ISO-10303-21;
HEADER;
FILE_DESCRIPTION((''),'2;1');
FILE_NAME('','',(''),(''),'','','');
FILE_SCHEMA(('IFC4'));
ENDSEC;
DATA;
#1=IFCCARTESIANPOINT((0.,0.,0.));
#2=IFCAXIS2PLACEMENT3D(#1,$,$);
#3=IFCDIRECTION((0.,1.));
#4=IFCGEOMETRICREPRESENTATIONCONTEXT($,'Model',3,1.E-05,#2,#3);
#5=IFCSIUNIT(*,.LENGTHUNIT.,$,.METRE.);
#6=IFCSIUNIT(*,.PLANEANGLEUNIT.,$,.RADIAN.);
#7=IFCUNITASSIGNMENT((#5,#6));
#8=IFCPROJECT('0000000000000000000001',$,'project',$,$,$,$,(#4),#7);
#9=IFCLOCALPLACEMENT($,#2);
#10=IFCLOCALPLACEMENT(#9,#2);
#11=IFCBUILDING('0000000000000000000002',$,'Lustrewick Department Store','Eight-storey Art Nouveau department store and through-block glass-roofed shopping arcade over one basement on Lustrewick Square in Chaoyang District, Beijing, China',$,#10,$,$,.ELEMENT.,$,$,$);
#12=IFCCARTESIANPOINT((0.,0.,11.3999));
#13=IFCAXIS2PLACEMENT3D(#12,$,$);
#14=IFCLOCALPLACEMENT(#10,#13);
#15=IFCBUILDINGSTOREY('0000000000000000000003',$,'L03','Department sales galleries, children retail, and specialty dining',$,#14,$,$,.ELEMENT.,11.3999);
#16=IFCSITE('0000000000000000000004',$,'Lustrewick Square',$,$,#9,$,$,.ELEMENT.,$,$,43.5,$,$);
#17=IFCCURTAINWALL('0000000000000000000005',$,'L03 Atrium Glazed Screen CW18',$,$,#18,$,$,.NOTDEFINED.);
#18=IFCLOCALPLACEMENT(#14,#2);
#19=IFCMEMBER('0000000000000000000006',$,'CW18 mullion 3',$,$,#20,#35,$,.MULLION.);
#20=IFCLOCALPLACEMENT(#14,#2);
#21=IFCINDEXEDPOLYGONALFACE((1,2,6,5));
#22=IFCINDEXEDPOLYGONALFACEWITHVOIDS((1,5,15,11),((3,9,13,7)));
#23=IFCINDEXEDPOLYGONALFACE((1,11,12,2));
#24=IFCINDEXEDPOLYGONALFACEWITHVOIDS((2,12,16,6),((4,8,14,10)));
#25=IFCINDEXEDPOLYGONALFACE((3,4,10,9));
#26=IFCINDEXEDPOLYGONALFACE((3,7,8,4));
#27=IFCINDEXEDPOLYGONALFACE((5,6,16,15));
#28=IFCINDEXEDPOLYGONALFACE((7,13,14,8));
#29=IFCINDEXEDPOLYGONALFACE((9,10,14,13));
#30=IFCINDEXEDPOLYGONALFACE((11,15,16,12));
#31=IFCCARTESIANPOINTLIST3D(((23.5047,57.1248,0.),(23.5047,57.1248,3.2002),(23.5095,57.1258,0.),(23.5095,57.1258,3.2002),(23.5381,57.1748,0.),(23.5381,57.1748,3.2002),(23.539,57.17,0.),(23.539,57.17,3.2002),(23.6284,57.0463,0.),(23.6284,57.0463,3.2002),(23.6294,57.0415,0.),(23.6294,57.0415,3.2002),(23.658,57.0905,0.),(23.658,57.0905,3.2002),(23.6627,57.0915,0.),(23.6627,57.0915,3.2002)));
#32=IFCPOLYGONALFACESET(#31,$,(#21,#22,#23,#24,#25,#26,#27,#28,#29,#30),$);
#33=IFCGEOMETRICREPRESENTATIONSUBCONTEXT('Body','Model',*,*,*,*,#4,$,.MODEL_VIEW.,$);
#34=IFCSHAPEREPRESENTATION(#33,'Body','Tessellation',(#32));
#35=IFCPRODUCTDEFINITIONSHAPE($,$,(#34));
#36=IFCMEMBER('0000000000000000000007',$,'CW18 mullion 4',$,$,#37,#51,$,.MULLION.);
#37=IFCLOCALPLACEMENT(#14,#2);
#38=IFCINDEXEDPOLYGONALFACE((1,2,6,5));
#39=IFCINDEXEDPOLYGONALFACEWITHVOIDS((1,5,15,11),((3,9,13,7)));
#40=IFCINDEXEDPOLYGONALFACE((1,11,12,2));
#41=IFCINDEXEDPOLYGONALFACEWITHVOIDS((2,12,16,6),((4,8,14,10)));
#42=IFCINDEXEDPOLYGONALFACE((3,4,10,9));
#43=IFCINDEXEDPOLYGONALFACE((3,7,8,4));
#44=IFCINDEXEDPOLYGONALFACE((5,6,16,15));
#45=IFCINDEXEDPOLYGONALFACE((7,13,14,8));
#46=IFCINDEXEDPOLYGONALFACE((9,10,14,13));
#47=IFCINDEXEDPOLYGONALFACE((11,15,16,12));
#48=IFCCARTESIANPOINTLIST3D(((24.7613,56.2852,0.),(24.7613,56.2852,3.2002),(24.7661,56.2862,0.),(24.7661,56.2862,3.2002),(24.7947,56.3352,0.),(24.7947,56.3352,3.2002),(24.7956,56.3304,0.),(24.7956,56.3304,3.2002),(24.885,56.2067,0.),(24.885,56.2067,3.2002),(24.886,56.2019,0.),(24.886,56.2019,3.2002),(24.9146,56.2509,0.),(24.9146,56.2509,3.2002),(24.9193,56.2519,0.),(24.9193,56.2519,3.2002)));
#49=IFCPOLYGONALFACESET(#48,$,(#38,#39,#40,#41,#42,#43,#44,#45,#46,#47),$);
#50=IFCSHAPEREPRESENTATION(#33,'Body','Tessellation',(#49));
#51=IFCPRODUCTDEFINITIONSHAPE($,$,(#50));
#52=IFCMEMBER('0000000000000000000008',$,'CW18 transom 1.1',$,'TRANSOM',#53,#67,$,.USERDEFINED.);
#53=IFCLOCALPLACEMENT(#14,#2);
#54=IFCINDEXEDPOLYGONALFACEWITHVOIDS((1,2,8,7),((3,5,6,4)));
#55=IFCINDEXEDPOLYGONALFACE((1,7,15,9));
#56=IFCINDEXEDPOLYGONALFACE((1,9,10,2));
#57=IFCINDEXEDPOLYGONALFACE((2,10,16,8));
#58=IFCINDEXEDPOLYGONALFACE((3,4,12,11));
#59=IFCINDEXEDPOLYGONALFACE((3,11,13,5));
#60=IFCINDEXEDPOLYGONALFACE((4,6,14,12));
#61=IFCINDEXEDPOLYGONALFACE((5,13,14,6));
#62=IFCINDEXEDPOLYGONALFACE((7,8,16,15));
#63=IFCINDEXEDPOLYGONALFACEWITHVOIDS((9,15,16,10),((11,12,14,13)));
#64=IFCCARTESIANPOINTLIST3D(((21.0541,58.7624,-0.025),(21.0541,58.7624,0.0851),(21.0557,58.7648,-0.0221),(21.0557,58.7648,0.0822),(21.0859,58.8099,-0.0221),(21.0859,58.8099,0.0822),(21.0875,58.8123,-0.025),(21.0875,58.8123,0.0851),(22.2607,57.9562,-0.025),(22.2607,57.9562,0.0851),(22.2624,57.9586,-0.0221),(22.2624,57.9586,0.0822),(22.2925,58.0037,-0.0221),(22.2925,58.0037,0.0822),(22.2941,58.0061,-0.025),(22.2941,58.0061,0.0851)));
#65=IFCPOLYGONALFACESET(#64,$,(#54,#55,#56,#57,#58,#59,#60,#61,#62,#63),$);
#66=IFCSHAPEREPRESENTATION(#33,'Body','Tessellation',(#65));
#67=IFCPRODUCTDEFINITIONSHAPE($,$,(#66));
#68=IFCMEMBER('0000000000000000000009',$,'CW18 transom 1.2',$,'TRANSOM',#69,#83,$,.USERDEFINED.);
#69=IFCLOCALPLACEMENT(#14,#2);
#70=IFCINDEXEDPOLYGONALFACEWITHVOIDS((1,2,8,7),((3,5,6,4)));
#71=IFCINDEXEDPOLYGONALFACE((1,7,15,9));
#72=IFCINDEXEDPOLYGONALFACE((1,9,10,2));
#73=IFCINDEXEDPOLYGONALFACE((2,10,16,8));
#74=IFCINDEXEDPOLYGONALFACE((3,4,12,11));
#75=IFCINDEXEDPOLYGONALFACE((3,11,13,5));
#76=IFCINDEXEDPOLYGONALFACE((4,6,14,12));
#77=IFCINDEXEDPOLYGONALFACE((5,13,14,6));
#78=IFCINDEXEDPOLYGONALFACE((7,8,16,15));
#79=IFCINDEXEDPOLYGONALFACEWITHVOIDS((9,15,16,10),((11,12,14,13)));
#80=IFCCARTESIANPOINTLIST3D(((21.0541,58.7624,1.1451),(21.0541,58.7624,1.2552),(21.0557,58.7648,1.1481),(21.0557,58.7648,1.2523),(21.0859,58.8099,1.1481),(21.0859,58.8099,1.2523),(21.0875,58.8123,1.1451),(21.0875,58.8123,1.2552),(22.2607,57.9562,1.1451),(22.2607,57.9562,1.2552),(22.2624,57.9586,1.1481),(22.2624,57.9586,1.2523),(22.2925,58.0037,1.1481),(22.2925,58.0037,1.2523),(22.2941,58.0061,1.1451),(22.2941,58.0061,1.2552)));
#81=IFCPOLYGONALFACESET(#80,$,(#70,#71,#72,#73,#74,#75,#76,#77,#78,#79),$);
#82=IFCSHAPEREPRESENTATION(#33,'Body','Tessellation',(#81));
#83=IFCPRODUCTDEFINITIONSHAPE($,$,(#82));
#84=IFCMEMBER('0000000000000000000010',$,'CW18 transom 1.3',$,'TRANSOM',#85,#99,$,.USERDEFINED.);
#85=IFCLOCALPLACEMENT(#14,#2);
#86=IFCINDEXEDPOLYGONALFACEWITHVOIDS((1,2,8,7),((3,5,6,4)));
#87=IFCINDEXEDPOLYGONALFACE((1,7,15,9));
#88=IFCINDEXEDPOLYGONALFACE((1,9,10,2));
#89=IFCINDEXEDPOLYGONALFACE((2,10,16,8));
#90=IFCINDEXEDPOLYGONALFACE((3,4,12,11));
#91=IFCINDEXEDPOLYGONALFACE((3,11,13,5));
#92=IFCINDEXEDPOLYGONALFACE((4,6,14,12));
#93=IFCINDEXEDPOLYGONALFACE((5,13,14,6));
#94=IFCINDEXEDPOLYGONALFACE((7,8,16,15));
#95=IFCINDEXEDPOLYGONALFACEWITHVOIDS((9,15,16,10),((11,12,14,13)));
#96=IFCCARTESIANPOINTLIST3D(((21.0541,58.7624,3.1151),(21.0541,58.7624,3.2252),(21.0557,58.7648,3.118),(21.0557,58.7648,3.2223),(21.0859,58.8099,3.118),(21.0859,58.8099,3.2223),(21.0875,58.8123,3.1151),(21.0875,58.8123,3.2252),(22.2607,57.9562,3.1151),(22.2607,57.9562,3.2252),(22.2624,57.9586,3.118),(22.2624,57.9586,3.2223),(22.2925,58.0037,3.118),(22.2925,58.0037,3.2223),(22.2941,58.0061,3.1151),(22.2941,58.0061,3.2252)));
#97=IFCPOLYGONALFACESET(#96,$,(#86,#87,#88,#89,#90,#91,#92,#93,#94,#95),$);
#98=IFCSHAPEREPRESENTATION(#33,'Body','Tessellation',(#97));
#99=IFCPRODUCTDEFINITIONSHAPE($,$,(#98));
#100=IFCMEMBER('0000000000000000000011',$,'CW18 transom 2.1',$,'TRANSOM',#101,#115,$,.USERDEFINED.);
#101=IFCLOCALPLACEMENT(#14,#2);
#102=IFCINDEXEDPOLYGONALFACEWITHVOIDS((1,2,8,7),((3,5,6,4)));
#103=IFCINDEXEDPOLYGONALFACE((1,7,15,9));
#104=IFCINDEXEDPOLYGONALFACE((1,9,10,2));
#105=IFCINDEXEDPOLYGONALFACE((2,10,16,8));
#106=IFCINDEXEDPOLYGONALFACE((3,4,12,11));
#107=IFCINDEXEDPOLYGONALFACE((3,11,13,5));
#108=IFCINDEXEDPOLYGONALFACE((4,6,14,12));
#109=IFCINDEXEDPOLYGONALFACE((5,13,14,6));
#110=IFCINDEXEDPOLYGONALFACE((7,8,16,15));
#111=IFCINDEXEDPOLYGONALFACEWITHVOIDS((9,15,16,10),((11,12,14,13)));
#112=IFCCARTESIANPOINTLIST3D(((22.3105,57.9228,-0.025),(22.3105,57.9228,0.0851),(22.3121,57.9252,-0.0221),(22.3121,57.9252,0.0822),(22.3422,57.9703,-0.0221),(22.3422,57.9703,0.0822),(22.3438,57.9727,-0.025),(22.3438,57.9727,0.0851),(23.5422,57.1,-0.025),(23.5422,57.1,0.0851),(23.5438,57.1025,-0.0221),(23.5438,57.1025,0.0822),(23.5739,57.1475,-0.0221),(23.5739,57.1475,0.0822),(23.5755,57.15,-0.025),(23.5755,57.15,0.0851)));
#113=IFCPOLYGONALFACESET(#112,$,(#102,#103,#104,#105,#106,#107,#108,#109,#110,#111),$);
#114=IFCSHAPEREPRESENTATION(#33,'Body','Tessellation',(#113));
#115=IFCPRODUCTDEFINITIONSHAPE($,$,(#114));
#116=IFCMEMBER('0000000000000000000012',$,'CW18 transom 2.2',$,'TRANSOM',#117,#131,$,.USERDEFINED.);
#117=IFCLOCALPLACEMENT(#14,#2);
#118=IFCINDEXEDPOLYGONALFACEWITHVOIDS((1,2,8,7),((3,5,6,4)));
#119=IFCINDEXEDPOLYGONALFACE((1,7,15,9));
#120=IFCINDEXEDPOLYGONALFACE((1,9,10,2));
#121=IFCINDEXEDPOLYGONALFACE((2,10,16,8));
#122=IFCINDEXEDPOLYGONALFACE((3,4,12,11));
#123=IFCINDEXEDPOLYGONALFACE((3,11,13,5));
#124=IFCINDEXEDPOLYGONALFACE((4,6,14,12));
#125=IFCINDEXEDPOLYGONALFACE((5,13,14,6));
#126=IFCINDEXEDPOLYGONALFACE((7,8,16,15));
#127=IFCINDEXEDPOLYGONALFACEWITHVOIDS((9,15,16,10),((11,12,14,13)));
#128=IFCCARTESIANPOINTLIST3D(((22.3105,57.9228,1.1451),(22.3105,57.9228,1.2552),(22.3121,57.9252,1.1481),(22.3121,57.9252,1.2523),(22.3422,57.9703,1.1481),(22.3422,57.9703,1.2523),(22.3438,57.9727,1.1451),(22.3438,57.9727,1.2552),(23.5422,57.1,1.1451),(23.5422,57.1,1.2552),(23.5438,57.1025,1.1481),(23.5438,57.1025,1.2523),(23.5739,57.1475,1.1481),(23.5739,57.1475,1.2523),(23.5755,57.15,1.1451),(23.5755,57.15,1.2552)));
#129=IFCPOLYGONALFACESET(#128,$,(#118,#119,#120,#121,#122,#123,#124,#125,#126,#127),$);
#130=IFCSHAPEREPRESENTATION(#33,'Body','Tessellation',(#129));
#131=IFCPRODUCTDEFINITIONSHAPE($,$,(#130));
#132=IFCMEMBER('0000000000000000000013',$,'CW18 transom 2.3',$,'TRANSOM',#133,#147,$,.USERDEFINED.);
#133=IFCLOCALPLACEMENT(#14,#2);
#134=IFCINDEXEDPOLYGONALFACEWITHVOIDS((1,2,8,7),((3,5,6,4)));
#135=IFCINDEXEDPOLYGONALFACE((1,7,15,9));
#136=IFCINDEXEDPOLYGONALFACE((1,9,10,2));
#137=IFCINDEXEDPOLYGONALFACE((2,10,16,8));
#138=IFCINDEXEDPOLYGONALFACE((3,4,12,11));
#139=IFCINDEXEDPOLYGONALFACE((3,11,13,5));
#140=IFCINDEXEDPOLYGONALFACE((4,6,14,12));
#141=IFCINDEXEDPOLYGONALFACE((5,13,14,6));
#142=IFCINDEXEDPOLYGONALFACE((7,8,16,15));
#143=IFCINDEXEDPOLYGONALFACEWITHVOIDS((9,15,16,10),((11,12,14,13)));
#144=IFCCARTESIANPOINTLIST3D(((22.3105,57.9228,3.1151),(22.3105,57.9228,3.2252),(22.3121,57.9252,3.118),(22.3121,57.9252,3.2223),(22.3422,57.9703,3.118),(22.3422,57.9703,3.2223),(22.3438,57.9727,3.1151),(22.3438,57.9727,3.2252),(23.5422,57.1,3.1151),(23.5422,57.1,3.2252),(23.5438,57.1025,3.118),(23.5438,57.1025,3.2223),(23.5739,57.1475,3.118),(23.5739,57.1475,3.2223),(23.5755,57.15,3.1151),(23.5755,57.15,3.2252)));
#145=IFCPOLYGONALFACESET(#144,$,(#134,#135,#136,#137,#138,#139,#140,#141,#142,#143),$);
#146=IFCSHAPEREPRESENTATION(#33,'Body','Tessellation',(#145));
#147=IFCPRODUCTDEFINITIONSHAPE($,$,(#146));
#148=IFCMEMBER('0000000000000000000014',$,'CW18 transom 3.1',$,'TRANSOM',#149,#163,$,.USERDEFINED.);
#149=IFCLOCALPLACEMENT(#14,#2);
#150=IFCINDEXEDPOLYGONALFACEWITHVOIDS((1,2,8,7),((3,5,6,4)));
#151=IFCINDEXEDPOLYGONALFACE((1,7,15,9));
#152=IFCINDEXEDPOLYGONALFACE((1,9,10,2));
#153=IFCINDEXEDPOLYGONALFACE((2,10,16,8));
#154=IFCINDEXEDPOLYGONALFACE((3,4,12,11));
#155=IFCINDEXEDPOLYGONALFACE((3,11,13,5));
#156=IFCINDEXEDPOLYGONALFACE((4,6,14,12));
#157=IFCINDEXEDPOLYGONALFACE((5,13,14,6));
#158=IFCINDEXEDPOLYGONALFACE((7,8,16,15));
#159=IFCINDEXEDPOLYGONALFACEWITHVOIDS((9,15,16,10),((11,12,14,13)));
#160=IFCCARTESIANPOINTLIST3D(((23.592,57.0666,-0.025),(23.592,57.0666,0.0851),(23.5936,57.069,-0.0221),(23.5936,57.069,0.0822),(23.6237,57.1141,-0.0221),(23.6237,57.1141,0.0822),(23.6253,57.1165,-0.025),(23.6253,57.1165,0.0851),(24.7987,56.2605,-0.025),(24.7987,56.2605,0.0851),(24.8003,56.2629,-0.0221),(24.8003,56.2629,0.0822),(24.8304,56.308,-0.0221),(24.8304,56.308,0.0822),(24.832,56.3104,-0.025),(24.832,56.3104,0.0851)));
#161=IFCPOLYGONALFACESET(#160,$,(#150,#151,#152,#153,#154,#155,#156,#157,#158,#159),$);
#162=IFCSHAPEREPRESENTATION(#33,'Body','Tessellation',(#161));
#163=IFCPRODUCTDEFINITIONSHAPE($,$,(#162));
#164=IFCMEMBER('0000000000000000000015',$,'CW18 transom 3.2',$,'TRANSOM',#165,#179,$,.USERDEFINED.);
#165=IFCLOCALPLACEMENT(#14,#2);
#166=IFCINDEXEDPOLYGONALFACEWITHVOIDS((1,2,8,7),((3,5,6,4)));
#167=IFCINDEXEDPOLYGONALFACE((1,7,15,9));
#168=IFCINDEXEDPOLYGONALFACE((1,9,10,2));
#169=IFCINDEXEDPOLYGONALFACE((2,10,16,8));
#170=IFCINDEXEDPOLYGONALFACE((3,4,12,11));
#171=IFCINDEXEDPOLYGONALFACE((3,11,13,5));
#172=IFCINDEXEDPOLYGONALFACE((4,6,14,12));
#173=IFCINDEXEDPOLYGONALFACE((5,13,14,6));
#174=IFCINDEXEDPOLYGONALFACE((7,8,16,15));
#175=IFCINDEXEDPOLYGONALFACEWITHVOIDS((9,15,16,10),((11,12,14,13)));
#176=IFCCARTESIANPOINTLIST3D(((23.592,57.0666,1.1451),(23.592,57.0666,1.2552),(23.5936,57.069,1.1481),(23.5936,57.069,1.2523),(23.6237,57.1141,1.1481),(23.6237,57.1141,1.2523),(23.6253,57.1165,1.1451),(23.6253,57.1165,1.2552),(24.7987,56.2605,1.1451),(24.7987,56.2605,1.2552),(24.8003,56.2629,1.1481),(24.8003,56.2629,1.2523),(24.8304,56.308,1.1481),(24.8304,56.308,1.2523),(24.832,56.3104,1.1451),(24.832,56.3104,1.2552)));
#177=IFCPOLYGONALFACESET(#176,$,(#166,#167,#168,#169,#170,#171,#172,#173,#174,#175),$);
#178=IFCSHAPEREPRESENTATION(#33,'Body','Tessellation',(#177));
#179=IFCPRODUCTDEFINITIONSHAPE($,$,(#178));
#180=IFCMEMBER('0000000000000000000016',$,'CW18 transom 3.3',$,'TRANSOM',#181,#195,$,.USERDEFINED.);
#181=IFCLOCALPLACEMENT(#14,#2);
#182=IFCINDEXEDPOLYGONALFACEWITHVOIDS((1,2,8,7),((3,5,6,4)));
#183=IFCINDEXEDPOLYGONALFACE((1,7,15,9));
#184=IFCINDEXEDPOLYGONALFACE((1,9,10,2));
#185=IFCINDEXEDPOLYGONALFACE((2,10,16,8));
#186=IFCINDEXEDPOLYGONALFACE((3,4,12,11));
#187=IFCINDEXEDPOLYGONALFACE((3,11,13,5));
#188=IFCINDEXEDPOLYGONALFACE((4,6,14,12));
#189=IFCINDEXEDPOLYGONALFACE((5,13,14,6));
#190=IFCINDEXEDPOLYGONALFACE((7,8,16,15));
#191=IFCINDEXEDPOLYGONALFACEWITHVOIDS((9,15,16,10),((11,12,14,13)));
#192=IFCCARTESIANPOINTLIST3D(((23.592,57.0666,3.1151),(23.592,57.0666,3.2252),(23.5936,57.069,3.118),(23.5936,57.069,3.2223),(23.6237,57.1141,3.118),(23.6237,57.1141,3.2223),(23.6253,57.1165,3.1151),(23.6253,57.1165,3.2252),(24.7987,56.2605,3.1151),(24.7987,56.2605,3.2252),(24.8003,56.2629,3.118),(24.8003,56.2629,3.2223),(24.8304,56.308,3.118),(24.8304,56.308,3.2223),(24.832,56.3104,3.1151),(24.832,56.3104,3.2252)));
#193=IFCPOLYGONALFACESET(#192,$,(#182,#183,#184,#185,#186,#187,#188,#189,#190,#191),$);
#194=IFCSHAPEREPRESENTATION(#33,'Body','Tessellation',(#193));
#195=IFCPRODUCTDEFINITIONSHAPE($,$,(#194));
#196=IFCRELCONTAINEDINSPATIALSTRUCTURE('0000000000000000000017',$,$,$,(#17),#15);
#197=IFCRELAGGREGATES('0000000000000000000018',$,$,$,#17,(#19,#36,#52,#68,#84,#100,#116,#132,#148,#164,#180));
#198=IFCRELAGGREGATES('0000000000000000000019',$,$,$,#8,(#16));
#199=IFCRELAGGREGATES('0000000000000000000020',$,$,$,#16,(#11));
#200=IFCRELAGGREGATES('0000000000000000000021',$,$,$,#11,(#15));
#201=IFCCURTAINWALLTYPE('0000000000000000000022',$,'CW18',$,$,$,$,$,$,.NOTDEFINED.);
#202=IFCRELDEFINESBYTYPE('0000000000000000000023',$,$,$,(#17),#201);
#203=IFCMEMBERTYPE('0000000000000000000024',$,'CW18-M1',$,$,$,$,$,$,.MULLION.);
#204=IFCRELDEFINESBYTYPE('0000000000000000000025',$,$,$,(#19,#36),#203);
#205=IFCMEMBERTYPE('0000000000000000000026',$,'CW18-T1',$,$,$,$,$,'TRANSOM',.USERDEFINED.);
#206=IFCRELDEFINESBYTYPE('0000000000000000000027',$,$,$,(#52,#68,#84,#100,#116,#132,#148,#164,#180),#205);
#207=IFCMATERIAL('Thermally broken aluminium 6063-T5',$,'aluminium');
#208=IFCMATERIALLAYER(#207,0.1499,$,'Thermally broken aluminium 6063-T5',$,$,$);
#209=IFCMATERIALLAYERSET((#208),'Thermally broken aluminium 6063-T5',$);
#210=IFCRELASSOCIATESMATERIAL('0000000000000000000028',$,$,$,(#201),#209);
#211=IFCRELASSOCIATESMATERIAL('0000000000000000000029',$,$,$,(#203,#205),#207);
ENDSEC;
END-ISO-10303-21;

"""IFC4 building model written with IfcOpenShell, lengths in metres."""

from ifc_helpers import new_model, si_unit, direction, frame, origin, origin_2d, place, context, subcontext, project, spatial, hollow_rectangle, extrude, material, layer, layer_set, material_profile, profile_set, type_object, element, aggregate, save


model = new_model("IFC4")

# Units and contexts
model_context = context("Model", 3, precision=1e-05, world=origin(), true_north=direction((0.0, 1.0)))
body_context = subcontext(model_context, "Body", "Model", "MODEL_VIEW")
ifc_project = project(units=[si_unit("LENGTHUNIT", "METRE"), si_unit("PLANEANGLEUNIT", "RADIAN")], contexts=[model_context])

# Site, building, storey
site_placement = place(None, origin())
site = spatial("IfcSite", under=ifc_project, at=site_placement, Name="Lustrewick Square", CompositionType="ELEMENT", RefElevation=43.5)
building_placement = place(site_placement, origin())
building = spatial("IfcBuilding", under=site, at=building_placement, Name="Lustrewick Department Store", Description="Eight-storey Art Nouveau department store and through-block glass-roofed shopping arcade over one basement on Lustrewick Square in Chaoyang District, Beijing, China", CompositionType="ELEMENT")
storey_placement = place(building_placement, frame((0.0, 0.0, 11.3999)))
storey = spatial("IfcBuildingStorey", under=building, at=storey_placement, Name="L03", Description="Department sales galleries, children retail, and specialty dining", CompositionType="ELEMENT", Elevation=11.3999)

# Curtain wall, members
ifc_material_1 = material(Name="Thermally broken aluminium 6063-T5", Category="aluminium")
ifc_layer_1 = layer(ifc_material_1, 0.1499, Name="Thermally broken aluminium 6063-T5")
ifc_layer_set_1 = layer_set([ifc_layer_1], Name="Thermally broken aluminium 6063-T5")
curtain_wall_type_1 = type_object("IfcCurtainWallType", Name="CW18", PredefinedType="NOTDEFINED", material=ifc_layer_set_1)
curtain_wall_1_placement = place(storey_placement, origin())
curtain_wall_1 = element("IfcCurtainWall", 1, at=curtain_wall_1_placement, inside=storey, type_object=curtain_wall_type_1, Name="L03 Atrium Glazed Screen CW18", PredefinedType="NOTDEFINED")
ifc_material_profile_1 = material_profile(ifc_material_1, hollow_rectangle(XDim=0.0601, YDim=0.1499, WallThickness=0.0034, at=origin_2d()), Name="ALU-M 60x150x3.5")
ifc_profile_set_1 = profile_set([ifc_material_profile_1], Name="Thermally broken aluminium 6063-T5")
member_type_1 = type_object("IfcMemberType", Name="CW18-M1", PredefinedType="MULLION", material=ifc_profile_set_1)
member_1_placement = place(storey_placement, frame((23.5837, 57.1082, 0.0), z_axis=(0.0, 0.0, 1.0), x_axis=(0.555578, 0.831464, 0.0)))
member_1 = element("IfcMember", 2, at=member_1_placement, type_object=member_type_1, Name="CW18 mullion 3", PredefinedType="MULLION", context=body_context, shape_type="SweptSolid", body=[
    extrude(hollow_rectangle(XDim=0.0601, YDim=0.1499, WallThickness=0.0034, at=origin_2d()), origin(), (0.0, 0.0, 1.0), 3.2002),
])
member_2_placement = place(storey_placement, frame((24.8403, 56.2686, 0.0), z_axis=(0.0, 0.0, 1.0), x_axis=(0.555578, 0.831464, 0.0)))
member_2 = element("IfcMember", 3, at=member_2_placement, type_object=member_type_1, Name="CW18 mullion 4", PredefinedType="MULLION", context=body_context, shape_type="SweptSolid", body=[
    extrude(hollow_rectangle(XDim=0.0601, YDim=0.1499, WallThickness=0.0034, at=origin_2d()), origin(), (0.0, 0.0, 1.0), 3.2002),
])
ifc_material_profile_2 = material_profile(ifc_material_1, hollow_rectangle(XDim=0.0601, YDim=0.1101, WallThickness=0.0029, at=origin_2d()), Name="ALU-T 60x110x3")
ifc_profile_set_2 = profile_set([ifc_material_profile_2], Name="Thermally broken aluminium 6063-T5")
member_type_2 = type_object("IfcMemberType", Name="CW18-T1", ElementType="TRANSOM", PredefinedType="USERDEFINED", material=ifc_profile_set_2)
member_3_placement = place(storey_placement, frame((21.0708, 58.7874, 0.03), z_axis=(0.83148, -0.555554, 0.0), x_axis=(0.555554, 0.83148, 0.0)))
member_3 = element("IfcMember", 4, at=member_3_placement, type_object=member_type_2, Name="CW18 transom 1.1", ObjectType="TRANSOM", PredefinedType="USERDEFINED", context=body_context, shape_type="SweptSolid", body=[
    extrude(hollow_rectangle(XDim=0.0601, YDim=0.1101, WallThickness=0.0029, at=origin_2d()), origin(), (0.0, 0.0, 1.0), 1.4512),
])
member_4_placement = place(storey_placement, frame((21.0708, 58.7874, 1.2002), z_axis=(0.83148, -0.555554, 0.0), x_axis=(0.555554, 0.83148, 0.0)))
member_4 = element("IfcMember", 5, at=member_4_placement, type_object=member_type_2, Name="CW18 transom 1.2", ObjectType="TRANSOM", PredefinedType="USERDEFINED", context=body_context, shape_type="SweptSolid", body=[
    extrude(hollow_rectangle(XDim=0.0601, YDim=0.1101, WallThickness=0.0029, at=origin_2d()), origin(), (0.0, 0.0, 1.0), 1.4512),
])
member_5_placement = place(storey_placement, frame((21.0708, 58.7874, 3.1702), z_axis=(0.83148, -0.555554, 0.0), x_axis=(0.555554, 0.83148, 0.0)))
member_5 = element("IfcMember", 6, at=member_5_placement, type_object=member_type_2, Name="CW18 transom 1.3", ObjectType="TRANSOM", PredefinedType="USERDEFINED", context=body_context, shape_type="SweptSolid", body=[
    extrude(hollow_rectangle(XDim=0.0601, YDim=0.1101, WallThickness=0.0029, at=origin_2d()), origin(), (0.0, 0.0, 1.0), 1.4512),
])
member_6_placement = place(storey_placement, frame((22.3271, 57.9478, 0.03), z_axis=(0.831543, -0.555461, 0.0), x_axis=(0.555461, 0.831543, 0.0)))
member_6 = element("IfcMember", 7, at=member_6_placement, type_object=member_type_2, Name="CW18 transom 2.1", ObjectType="TRANSOM", PredefinedType="USERDEFINED", context=body_context, shape_type="SweptSolid", body=[
    extrude(hollow_rectangle(XDim=0.0601, YDim=0.1101, WallThickness=0.0029, at=origin_2d()), origin(), (0.0, 0.0, 1.0), 1.4812),
])
member_7_placement = place(storey_placement, frame((22.3271, 57.9478, 1.2002), z_axis=(0.831543, -0.555461, 0.0), x_axis=(0.555461, 0.831543, 0.0)))
member_7 = element("IfcMember", 8, at=member_7_placement, type_object=member_type_2, Name="CW18 transom 2.2", ObjectType="TRANSOM", PredefinedType="USERDEFINED", context=body_context, shape_type="SweptSolid", body=[
    extrude(hollow_rectangle(XDim=0.0601, YDim=0.1101, WallThickness=0.0029, at=origin_2d()), origin(), (0.0, 0.0, 1.0), 1.4812),
])
member_8_placement = place(storey_placement, frame((22.3271, 57.9478, 3.1702), z_axis=(0.831543, -0.555461, 0.0), x_axis=(0.555461, 0.831543, 0.0)))
member_8 = element("IfcMember", 9, at=member_8_placement, type_object=member_type_2, Name="CW18 transom 2.3", ObjectType="TRANSOM", PredefinedType="USERDEFINED", context=body_context, shape_type="SweptSolid", body=[
    extrude(hollow_rectangle(XDim=0.0601, YDim=0.1101, WallThickness=0.0029, at=origin_2d()), origin(), (0.0, 0.0, 1.0), 1.4812),
])
member_9_placement = place(storey_placement, frame((23.6086, 57.0916, 0.03), z_axis=(0.831532, -0.555476, 0.0), x_axis=(0.555476, 0.831532, 0.0)))
member_9 = element("IfcMember", 10, at=member_9_placement, type_object=member_type_2, Name="CW18 transom 3.1", ObjectType="TRANSOM", PredefinedType="USERDEFINED", context=body_context, shape_type="SweptSolid", body=[
    extrude(hollow_rectangle(XDim=0.0601, YDim=0.1101, WallThickness=0.0029, at=origin_2d()), origin(), (0.0, 0.0, 1.0), 1.4512),
])
member_10_placement = place(storey_placement, frame((23.6086, 57.0916, 1.2002), z_axis=(0.831532, -0.555476, 0.0), x_axis=(0.555476, 0.831532, 0.0)))
member_10 = element("IfcMember", 11, at=member_10_placement, type_object=member_type_2, Name="CW18 transom 3.2", ObjectType="TRANSOM", PredefinedType="USERDEFINED", context=body_context, shape_type="SweptSolid", body=[
    extrude(hollow_rectangle(XDim=0.0601, YDim=0.1101, WallThickness=0.0029, at=origin_2d()), origin(), (0.0, 0.0, 1.0), 1.4512),
])
member_11_placement = place(storey_placement, frame((23.6086, 57.0916, 3.1702), z_axis=(0.831532, -0.555476, 0.0), x_axis=(0.555476, 0.831532, 0.0)))
member_11 = element("IfcMember", 12, at=member_11_placement, type_object=member_type_2, Name="CW18 transom 3.3", ObjectType="TRANSOM", PredefinedType="USERDEFINED", context=body_context, shape_type="SweptSolid", body=[
    extrude(hollow_rectangle(XDim=0.0601, YDim=0.1101, WallThickness=0.0029, at=origin_2d()), origin(), (0.0, 0.0, 1.0), 1.4512),
])

aggregate(curtain_wall_1, [member_1, member_2, member_3, member_4, member_5, member_6, member_7, member_8, member_9, member_10, member_11])

save(model, "model.ifc")
